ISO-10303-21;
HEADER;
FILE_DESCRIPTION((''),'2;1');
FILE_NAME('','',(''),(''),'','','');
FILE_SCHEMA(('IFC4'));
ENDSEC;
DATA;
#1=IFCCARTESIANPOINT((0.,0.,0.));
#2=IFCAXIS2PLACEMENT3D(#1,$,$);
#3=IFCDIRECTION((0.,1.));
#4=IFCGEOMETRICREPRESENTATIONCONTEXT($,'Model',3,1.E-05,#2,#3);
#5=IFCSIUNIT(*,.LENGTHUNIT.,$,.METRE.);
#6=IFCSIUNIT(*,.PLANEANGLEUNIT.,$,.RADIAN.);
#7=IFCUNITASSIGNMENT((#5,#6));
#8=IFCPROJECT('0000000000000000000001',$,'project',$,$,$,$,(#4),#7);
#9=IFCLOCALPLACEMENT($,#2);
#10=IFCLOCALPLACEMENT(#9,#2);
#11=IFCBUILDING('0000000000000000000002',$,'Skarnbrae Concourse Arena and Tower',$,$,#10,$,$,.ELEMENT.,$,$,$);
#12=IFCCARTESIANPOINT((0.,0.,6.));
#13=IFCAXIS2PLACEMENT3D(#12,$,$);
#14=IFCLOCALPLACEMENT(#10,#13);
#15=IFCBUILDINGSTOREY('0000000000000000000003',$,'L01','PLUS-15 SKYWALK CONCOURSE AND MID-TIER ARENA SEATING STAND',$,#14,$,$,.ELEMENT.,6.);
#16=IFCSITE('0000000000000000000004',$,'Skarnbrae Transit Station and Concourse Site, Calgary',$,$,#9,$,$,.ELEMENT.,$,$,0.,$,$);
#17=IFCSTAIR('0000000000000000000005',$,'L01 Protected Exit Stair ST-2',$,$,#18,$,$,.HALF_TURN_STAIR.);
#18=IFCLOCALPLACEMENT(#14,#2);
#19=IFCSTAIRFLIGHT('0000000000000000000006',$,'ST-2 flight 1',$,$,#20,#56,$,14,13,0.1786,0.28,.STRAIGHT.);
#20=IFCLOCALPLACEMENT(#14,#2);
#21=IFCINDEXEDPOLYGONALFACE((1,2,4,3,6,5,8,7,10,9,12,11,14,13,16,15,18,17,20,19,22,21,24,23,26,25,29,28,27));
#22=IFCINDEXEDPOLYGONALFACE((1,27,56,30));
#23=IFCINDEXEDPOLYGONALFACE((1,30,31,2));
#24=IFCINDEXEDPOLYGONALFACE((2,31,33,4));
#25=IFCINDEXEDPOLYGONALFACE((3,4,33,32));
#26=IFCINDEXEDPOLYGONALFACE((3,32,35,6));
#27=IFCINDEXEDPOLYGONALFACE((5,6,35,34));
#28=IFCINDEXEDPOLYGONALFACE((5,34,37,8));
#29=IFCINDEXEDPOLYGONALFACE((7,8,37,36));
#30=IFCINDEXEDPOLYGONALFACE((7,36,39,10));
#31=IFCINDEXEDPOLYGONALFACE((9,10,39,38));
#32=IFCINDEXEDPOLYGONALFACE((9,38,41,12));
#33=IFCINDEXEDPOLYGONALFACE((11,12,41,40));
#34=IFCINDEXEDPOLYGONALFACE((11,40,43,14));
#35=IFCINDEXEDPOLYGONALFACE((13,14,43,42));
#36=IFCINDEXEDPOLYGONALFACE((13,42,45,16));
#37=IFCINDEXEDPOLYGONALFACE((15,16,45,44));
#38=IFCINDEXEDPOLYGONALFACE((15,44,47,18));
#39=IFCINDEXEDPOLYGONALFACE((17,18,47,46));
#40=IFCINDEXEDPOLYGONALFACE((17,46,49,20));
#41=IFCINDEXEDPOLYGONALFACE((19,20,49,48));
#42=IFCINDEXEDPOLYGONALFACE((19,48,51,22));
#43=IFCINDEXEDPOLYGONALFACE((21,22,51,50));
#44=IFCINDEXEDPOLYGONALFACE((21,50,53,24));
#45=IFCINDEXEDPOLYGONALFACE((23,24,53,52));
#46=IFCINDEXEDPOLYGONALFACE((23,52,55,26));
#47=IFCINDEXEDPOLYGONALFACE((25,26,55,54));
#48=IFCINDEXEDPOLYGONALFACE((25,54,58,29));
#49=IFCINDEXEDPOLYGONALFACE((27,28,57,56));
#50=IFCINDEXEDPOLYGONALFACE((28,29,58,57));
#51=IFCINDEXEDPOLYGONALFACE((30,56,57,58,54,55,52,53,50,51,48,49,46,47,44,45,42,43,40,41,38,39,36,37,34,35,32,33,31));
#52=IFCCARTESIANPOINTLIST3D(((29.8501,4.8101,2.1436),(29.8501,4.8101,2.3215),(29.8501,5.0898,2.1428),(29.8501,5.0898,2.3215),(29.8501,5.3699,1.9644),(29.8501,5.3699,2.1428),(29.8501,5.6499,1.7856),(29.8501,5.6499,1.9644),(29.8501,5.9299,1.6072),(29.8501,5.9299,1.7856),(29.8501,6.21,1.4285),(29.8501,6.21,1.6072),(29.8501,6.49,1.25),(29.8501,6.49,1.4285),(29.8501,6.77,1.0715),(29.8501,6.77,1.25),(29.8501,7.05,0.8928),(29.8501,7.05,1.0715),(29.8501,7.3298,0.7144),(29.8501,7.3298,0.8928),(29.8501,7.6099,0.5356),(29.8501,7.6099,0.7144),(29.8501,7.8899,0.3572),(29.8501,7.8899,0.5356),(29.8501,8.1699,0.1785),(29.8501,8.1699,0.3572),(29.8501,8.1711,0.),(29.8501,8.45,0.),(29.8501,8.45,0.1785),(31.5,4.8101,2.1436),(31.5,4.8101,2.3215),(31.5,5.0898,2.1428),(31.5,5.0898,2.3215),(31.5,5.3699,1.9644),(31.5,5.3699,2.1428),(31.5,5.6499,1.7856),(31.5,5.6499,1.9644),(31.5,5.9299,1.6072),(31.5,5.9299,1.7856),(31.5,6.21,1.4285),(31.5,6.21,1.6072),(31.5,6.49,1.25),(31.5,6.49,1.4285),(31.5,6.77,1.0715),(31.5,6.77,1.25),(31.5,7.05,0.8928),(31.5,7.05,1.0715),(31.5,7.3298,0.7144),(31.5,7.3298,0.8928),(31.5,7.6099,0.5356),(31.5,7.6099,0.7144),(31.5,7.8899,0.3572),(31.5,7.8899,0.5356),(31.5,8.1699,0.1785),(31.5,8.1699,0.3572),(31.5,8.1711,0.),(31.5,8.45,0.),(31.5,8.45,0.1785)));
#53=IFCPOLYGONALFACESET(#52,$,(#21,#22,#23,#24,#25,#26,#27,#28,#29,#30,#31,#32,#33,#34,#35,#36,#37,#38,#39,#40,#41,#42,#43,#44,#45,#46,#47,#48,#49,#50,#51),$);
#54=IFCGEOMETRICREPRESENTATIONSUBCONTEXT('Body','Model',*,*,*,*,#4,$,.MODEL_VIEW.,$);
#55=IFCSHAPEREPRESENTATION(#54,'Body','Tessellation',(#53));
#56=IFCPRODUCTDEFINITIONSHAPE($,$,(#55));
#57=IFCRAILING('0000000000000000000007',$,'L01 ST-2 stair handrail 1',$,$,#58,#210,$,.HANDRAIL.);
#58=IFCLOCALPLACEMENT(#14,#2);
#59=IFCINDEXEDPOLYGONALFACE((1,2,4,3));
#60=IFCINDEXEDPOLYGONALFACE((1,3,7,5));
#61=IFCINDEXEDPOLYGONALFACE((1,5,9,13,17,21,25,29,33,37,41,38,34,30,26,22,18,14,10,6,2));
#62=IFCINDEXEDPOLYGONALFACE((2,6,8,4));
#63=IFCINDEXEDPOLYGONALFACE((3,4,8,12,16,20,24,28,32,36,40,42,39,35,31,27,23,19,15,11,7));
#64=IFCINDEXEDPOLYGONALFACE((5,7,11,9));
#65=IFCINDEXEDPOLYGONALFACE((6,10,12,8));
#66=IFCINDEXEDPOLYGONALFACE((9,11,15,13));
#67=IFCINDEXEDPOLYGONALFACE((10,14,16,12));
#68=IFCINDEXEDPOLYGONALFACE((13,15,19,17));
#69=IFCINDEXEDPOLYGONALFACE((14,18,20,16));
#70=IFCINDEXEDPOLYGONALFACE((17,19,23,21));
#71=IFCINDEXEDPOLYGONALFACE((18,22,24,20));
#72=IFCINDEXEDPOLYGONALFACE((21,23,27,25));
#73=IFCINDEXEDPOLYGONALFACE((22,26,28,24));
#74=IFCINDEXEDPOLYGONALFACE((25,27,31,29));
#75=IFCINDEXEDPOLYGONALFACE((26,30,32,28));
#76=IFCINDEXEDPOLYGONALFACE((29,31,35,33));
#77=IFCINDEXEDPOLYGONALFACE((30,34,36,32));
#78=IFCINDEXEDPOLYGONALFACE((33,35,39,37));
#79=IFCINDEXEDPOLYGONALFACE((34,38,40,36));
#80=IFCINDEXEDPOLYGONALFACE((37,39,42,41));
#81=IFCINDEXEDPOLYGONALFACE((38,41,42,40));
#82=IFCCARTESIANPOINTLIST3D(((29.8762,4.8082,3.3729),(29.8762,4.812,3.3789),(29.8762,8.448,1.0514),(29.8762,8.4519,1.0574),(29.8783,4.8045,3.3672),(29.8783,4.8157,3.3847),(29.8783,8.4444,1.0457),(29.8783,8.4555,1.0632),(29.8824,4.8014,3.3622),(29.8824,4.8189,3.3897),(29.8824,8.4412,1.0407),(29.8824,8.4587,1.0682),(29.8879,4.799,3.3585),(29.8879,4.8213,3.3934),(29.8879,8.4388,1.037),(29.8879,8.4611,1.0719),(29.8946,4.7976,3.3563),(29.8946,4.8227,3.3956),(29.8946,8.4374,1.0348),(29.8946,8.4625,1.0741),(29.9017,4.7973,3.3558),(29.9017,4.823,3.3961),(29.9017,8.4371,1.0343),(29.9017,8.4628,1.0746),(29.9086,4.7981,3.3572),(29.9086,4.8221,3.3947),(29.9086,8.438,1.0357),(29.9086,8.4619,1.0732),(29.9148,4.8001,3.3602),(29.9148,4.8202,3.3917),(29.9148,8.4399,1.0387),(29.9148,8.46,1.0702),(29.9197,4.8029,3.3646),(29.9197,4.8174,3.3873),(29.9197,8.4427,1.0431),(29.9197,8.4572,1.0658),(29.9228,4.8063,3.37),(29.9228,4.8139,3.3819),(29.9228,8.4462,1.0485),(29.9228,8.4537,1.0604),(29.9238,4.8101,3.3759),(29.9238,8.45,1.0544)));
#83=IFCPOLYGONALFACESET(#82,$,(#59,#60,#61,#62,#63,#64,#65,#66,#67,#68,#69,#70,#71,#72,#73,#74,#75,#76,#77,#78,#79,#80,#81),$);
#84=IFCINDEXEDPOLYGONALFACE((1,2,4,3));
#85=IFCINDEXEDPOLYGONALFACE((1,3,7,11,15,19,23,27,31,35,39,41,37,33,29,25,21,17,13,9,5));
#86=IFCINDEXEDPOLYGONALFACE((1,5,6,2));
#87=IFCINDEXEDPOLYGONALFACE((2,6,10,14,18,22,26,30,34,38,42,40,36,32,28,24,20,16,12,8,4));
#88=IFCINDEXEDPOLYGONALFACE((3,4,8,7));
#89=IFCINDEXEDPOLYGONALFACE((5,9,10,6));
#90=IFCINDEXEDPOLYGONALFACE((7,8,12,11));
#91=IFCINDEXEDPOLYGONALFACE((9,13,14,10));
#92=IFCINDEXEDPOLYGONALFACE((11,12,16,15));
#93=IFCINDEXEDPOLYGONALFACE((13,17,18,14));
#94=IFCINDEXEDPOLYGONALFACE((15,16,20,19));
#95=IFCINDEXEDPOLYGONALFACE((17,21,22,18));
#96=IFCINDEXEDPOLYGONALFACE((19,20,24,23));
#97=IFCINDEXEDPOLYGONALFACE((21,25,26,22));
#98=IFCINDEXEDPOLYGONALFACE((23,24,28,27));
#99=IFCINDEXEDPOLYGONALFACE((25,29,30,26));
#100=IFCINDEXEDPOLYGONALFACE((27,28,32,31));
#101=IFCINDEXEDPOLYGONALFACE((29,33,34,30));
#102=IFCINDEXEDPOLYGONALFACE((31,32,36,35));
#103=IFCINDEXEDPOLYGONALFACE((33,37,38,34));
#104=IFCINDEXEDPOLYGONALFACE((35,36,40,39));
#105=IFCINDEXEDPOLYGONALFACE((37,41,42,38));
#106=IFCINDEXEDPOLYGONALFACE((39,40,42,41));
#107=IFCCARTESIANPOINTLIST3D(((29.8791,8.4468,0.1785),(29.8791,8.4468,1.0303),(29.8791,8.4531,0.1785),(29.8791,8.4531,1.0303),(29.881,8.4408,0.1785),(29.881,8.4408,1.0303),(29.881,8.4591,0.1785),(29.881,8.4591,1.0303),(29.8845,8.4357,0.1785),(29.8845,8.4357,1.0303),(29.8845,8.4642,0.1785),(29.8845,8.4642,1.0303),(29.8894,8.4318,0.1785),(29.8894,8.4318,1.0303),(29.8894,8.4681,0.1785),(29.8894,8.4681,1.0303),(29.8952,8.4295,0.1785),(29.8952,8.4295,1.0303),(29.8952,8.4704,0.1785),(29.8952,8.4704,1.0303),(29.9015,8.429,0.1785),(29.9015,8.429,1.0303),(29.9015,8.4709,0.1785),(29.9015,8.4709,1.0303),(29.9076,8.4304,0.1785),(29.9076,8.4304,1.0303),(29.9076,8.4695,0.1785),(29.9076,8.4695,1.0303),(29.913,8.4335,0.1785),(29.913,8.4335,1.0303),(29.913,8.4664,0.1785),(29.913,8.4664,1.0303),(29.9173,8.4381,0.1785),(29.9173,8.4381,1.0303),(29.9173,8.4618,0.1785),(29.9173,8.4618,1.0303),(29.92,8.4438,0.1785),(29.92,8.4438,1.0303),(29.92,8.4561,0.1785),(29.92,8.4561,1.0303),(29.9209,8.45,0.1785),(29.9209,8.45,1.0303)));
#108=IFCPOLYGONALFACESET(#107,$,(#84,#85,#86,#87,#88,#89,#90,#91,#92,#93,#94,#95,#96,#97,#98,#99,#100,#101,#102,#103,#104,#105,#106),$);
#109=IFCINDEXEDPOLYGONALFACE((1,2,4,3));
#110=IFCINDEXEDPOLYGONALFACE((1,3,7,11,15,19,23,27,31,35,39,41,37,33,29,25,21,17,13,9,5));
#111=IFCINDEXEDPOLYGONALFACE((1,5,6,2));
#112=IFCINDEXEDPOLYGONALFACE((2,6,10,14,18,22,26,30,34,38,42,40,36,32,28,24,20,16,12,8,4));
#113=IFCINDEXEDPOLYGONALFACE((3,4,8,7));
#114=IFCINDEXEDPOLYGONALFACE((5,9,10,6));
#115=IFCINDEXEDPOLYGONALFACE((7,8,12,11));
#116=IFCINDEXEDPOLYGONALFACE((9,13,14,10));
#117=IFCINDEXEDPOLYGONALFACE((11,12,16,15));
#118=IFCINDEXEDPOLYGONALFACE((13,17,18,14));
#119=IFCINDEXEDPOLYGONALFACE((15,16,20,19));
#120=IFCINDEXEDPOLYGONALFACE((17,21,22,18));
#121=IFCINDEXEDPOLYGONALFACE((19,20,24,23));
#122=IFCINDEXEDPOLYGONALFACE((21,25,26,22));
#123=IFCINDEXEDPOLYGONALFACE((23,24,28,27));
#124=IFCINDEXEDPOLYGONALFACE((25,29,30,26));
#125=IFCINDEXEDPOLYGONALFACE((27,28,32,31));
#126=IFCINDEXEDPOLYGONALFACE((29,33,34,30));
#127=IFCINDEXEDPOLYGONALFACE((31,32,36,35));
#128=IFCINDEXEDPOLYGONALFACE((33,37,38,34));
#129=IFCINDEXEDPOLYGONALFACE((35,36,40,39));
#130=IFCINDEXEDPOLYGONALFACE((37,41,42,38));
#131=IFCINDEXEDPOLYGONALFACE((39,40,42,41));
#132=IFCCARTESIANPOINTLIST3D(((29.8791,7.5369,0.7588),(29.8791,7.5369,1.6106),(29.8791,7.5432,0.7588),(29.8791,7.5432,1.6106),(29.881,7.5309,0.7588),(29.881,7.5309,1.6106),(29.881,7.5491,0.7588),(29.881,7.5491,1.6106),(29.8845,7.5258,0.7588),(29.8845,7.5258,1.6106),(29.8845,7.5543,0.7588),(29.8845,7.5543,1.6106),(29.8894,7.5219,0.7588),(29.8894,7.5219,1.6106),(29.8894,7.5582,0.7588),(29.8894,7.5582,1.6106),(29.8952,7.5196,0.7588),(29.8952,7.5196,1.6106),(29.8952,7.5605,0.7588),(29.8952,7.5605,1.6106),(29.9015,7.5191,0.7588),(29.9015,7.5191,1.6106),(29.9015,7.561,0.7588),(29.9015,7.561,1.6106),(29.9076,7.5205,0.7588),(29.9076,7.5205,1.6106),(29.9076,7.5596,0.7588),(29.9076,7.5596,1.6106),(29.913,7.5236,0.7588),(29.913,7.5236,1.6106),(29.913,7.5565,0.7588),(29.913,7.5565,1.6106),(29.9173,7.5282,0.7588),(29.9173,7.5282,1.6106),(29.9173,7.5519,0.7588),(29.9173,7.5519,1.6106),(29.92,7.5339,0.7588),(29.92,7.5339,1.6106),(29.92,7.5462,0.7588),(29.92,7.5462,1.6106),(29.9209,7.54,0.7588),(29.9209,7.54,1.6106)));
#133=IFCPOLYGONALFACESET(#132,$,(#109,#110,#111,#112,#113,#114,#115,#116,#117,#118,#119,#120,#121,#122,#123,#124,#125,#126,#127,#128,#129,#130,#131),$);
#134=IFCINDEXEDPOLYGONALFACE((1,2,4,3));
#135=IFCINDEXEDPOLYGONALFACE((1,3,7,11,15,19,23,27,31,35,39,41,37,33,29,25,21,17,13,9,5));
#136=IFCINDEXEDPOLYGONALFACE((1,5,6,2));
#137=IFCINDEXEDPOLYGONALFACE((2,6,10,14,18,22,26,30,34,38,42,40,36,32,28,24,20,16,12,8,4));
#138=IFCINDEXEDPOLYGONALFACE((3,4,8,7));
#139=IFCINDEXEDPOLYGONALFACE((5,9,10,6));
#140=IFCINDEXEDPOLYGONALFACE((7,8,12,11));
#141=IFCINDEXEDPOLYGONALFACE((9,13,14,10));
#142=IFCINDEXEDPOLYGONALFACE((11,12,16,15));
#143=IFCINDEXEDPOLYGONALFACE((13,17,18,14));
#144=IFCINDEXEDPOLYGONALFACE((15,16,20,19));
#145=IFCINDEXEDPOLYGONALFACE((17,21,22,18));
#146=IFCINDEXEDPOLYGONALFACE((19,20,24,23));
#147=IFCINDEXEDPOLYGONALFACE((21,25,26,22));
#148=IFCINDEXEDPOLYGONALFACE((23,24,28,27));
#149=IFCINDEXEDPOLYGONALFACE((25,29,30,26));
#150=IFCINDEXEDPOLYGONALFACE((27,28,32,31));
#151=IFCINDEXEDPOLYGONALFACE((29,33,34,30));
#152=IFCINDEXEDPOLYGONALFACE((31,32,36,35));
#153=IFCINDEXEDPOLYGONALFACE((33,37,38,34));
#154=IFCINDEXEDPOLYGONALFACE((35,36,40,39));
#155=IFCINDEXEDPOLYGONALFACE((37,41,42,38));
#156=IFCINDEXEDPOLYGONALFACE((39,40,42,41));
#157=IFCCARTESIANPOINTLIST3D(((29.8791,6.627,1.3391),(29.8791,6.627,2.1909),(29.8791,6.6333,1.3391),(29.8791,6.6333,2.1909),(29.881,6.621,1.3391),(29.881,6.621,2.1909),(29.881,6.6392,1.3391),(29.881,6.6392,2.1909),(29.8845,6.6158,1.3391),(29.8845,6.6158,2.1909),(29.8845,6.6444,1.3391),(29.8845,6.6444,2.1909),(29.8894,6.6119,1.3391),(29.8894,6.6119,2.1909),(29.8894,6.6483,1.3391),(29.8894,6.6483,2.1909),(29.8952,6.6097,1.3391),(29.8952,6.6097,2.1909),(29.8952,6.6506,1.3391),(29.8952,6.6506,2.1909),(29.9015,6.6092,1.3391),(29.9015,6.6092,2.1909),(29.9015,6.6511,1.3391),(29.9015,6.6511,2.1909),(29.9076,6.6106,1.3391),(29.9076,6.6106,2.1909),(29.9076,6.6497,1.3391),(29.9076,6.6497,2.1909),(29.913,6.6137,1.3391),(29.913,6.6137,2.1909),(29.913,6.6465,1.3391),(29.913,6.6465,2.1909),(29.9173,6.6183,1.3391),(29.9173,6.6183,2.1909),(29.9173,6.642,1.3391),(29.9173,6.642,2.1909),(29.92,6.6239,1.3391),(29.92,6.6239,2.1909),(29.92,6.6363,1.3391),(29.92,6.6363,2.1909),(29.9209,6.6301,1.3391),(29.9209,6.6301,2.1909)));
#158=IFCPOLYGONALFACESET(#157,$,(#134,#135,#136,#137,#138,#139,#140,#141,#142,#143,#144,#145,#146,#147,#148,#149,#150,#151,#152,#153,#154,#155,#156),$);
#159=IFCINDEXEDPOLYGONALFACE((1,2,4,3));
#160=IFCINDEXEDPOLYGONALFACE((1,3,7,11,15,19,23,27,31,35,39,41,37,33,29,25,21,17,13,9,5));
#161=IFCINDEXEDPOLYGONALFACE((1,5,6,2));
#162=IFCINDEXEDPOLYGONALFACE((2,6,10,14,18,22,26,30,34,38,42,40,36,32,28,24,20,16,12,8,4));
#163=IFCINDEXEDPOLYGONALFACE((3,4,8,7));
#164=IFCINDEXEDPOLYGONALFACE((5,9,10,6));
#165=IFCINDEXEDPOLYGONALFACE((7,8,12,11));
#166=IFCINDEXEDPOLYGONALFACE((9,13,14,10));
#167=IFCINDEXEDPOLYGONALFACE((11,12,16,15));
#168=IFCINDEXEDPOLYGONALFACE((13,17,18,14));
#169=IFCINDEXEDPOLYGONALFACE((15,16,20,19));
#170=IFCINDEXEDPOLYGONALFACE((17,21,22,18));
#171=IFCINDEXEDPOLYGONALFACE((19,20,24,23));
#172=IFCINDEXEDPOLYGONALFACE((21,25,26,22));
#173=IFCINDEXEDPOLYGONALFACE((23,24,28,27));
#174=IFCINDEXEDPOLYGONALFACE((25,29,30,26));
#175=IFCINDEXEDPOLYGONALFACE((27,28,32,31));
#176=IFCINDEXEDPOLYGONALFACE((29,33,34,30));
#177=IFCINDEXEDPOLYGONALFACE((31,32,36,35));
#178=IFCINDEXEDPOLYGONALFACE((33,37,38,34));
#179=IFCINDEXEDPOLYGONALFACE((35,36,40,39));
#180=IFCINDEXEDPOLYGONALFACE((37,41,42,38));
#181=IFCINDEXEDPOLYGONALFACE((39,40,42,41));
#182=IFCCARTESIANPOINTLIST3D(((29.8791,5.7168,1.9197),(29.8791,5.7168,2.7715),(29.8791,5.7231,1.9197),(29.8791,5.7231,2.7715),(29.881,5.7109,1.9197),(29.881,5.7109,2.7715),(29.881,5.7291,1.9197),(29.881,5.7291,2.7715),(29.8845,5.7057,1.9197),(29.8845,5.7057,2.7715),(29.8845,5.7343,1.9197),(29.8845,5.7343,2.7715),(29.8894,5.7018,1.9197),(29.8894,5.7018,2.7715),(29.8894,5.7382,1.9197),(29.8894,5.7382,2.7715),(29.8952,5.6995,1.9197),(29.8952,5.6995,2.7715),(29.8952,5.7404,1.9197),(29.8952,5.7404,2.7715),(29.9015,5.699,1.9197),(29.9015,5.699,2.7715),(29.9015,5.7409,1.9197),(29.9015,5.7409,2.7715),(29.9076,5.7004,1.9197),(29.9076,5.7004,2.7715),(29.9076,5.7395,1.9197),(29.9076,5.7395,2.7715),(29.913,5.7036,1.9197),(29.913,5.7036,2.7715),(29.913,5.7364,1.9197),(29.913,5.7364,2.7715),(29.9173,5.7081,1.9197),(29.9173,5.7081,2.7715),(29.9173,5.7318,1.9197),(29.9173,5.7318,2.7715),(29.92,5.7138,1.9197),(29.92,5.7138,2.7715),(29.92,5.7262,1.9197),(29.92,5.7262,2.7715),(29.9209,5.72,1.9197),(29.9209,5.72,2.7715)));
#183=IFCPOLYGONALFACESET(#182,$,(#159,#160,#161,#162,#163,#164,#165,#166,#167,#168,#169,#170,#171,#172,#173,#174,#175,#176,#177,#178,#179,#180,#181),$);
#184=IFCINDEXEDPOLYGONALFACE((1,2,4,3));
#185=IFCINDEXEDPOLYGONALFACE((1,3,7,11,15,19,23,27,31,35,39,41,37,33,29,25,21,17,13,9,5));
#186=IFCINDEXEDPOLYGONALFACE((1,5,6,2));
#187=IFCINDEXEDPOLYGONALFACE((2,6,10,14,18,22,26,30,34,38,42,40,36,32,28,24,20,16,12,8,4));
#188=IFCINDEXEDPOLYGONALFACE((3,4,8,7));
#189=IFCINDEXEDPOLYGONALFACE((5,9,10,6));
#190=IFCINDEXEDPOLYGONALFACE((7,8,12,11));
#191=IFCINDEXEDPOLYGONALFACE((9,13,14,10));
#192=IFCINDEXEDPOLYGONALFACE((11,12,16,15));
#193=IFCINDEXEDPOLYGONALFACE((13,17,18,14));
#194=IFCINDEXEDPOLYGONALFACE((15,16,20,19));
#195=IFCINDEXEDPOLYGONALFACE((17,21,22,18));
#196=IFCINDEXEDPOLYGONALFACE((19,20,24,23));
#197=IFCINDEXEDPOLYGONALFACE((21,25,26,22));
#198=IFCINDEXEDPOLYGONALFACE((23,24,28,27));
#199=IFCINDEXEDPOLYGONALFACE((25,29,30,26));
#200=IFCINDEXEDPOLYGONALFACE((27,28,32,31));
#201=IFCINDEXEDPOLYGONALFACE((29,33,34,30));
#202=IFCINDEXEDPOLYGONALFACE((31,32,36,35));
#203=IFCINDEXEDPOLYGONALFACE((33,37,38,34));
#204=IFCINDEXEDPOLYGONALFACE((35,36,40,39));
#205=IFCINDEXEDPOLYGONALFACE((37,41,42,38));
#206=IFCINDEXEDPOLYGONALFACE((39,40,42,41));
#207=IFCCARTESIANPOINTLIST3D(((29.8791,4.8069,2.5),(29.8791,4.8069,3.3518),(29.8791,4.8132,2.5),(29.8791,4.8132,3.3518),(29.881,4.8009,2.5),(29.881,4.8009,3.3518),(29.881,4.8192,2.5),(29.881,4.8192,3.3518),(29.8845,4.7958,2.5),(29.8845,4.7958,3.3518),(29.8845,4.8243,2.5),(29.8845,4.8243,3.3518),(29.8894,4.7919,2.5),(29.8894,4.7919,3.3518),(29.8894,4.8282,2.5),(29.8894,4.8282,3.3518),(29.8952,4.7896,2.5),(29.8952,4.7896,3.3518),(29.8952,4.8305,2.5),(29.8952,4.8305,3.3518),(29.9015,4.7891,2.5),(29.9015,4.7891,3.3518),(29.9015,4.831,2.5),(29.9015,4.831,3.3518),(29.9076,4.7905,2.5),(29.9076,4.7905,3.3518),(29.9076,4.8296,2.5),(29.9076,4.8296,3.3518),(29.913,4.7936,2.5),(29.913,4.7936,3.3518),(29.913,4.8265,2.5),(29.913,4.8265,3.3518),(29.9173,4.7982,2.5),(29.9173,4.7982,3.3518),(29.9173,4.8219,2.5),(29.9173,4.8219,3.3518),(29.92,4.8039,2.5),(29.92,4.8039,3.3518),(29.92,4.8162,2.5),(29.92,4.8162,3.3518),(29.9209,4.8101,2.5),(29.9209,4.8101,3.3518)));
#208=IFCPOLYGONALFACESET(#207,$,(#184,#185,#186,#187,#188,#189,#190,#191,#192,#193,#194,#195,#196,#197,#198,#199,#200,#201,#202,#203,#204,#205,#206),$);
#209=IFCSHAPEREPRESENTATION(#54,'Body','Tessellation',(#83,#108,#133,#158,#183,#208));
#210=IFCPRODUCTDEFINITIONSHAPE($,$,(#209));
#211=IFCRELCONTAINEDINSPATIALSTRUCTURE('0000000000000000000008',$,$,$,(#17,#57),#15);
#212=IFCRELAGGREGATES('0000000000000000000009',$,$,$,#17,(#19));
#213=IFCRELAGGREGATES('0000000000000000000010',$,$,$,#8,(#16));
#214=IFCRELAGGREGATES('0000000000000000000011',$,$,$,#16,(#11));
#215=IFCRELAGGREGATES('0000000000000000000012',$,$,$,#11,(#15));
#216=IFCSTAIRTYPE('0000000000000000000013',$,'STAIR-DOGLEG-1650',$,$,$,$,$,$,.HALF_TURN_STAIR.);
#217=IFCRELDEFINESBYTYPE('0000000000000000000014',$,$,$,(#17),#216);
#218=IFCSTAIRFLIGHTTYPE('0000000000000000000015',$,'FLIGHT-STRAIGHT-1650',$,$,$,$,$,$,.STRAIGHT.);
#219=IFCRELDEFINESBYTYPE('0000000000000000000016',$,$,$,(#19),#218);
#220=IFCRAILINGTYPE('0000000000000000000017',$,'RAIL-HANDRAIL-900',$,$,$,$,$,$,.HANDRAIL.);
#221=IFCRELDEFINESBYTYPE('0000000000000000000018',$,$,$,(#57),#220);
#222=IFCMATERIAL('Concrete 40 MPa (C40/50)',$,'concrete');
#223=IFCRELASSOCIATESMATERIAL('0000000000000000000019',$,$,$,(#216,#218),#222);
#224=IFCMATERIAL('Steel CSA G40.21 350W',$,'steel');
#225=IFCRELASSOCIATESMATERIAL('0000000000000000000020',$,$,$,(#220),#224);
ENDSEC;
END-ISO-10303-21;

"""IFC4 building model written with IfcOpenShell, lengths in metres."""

from ifc_helpers import new_model, si_unit, direction, frame, origin, origin_2d, place, context, subcontext, project, spatial, polyline, circle, outline, extrude, source, transform, mapped, material, type_object, element, aggregate, save


model = new_model("IFC4")

# Units and contexts
model_context = context("Model", 3, precision=1e-05, world=origin(), true_north=direction((0.0, 1.0)))
body_context = subcontext(model_context, "Body", "Model", "MODEL_VIEW")
ifc_project = project(units=[si_unit("LENGTHUNIT", "METRE"), si_unit("PLANEANGLEUNIT", "RADIAN")], contexts=[model_context])

# Site, building, storey
site_placement = place(None, origin())
site = spatial("IfcSite", under=ifc_project, at=site_placement, Name="Skarnbrae Transit Station and Concourse Site, Calgary", CompositionType="ELEMENT", RefElevation=0.0)
building_placement = place(site_placement, origin())
building = spatial("IfcBuilding", under=site, at=building_placement, Name="Skarnbrae Concourse Arena and Tower", CompositionType="ELEMENT")
storey_placement = place(building_placement, frame((0.0, 0.0, 6.0)))
storey = spatial("IfcBuildingStorey", under=building, at=storey_placement, Name="L01", Description="PLUS-15 SKYWALK CONCOURSE AND MID-TIER ARENA SEATING STAND", CompositionType="ELEMENT", Elevation=6.0)

# Shared definitions
ifc_material_1 = material(Name="Steel CSA G40.21 350W", Category="steel")

# Stair, stair flight
ifc_material_2 = material(Name="Concrete 40 MPa (C40/50)", Category="concrete")
stair_type = type_object("IfcStairType", Name="STAIR-DOGLEG-1650", PredefinedType="HALF_TURN_STAIR", material=ifc_material_2)
stair_placement = place(storey_placement, origin())
stair = element("IfcStair", 1, at=stair_placement, inside=storey, type_object=stair_type, Name="L01 Protected Exit Stair ST-2", PredefinedType="HALF_TURN_STAIR")
stair_flight_type = type_object("IfcStairFlightType", Name="FLIGHT-STRAIGHT-1650", PredefinedType="STRAIGHT", material=ifc_material_2)
shared_shape_1 = source(origin(), body_context, "Body", "SweptSolid", [
    extrude(outline(polyline([(0.0, 0.0), (0.0, 0.1785), (0.28, 0.1785), (0.28, 0.3572), (0.5601, 0.3572), (0.5601, 0.5356), (0.8401, 0.5356), (0.8401, 0.7144), (1.1201, 0.7144), (1.1201, 0.8928), (1.3999, 0.8928), (1.3999, 1.0715), (1.6799, 1.0715), (1.6799, 1.25), (1.96, 1.25), (1.96, 1.4285), (2.24, 1.4285), (2.24, 1.6072), (2.52, 1.6072), (2.52, 1.7856), (2.8, 1.7856), (2.8, 1.9644), (3.0801, 1.9644), (3.0801, 2.1428), (3.3601, 2.1428), (3.3601, 2.3215), (3.6399, 2.3215), (3.6399, 2.5), (3.6399, 2.1436), (0.2788, 0.0), (0.0, 0.0)])), frame((0.0, 0.825, 0.0), z_axis=(0.0, -1.0, 0.0), x_axis=(1.0, 0.0, 0.0)), (0.0, 0.0, 1.0), 1.6499),
])
stair_flight_placement = place(storey_placement, frame((30.675, 8.45, 0.0), z_axis=(0.0, 0.0, 1.0), x_axis=(0.0, -1.0, 0.0)))
stair_flight = element("IfcStairFlight", 2, at=stair_flight_placement, type_object=stair_flight_type, Name="ST-2 flight 1", NumberOfRisers=14, NumberOfTreads=13, PredefinedType="STRAIGHT", RiserHeight=0.1786, TreadLength=0.28, context=body_context, shape_type="MappedRepresentation", body=[
    mapped(shared_shape_1, transform((0.0, 0.0, 0.0))),
])
aggregate(stair, [stair_flight])

# Railing
railing_type_1 = type_object("IfcRailingType", Name="RAIL-HANDRAIL-900", PredefinedType="HANDRAIL", material=ifc_material_1)
railing_1_placement = place(storey_placement, frame((29.8999, 8.45, 0.1785)))
element("IfcRailing", 3, at=railing_1_placement, inside=storey, type_object=railing_type_1, Name="L01 ST-2 stair handrail 1", PredefinedType="HANDRAIL", context=body_context, shape_type="SweptSolid", body=[
    extrude(circle(Radius=0.0239, at=origin_2d()), frame((0.0, 0.0, 0.876), z_axis=(0.0, -0.843112, 0.537739), x_axis=(1.0, 0.0, 0.0)), (0.0, 0.0, 1.0), 4.3171),
    extrude(circle(Radius=0.021, at=origin_2d()), origin(), (0.0, 0.0, 1.0), 0.8518),
    extrude(circle(Radius=0.021, at=origin_2d()), frame((0.0, -0.9099, 0.5803)), (0.0, 0.0, 1.0), 0.8518),
    extrude(circle(Radius=0.021, at=origin_2d()), frame((0.0, -1.8198, 1.1606)), (0.0, 0.0, 1.0), 0.8518),
    extrude(circle(Radius=0.021, at=origin_2d()), frame((0.0, -2.73, 1.7412)), (0.0, 0.0, 1.0), 0.8518),
    extrude(circle(Radius=0.021, at=origin_2d()), frame((0.0, -3.6399, 2.3215)), (0.0, 0.0, 1.0), 0.8518),
])

save(model, "model.ifc")
